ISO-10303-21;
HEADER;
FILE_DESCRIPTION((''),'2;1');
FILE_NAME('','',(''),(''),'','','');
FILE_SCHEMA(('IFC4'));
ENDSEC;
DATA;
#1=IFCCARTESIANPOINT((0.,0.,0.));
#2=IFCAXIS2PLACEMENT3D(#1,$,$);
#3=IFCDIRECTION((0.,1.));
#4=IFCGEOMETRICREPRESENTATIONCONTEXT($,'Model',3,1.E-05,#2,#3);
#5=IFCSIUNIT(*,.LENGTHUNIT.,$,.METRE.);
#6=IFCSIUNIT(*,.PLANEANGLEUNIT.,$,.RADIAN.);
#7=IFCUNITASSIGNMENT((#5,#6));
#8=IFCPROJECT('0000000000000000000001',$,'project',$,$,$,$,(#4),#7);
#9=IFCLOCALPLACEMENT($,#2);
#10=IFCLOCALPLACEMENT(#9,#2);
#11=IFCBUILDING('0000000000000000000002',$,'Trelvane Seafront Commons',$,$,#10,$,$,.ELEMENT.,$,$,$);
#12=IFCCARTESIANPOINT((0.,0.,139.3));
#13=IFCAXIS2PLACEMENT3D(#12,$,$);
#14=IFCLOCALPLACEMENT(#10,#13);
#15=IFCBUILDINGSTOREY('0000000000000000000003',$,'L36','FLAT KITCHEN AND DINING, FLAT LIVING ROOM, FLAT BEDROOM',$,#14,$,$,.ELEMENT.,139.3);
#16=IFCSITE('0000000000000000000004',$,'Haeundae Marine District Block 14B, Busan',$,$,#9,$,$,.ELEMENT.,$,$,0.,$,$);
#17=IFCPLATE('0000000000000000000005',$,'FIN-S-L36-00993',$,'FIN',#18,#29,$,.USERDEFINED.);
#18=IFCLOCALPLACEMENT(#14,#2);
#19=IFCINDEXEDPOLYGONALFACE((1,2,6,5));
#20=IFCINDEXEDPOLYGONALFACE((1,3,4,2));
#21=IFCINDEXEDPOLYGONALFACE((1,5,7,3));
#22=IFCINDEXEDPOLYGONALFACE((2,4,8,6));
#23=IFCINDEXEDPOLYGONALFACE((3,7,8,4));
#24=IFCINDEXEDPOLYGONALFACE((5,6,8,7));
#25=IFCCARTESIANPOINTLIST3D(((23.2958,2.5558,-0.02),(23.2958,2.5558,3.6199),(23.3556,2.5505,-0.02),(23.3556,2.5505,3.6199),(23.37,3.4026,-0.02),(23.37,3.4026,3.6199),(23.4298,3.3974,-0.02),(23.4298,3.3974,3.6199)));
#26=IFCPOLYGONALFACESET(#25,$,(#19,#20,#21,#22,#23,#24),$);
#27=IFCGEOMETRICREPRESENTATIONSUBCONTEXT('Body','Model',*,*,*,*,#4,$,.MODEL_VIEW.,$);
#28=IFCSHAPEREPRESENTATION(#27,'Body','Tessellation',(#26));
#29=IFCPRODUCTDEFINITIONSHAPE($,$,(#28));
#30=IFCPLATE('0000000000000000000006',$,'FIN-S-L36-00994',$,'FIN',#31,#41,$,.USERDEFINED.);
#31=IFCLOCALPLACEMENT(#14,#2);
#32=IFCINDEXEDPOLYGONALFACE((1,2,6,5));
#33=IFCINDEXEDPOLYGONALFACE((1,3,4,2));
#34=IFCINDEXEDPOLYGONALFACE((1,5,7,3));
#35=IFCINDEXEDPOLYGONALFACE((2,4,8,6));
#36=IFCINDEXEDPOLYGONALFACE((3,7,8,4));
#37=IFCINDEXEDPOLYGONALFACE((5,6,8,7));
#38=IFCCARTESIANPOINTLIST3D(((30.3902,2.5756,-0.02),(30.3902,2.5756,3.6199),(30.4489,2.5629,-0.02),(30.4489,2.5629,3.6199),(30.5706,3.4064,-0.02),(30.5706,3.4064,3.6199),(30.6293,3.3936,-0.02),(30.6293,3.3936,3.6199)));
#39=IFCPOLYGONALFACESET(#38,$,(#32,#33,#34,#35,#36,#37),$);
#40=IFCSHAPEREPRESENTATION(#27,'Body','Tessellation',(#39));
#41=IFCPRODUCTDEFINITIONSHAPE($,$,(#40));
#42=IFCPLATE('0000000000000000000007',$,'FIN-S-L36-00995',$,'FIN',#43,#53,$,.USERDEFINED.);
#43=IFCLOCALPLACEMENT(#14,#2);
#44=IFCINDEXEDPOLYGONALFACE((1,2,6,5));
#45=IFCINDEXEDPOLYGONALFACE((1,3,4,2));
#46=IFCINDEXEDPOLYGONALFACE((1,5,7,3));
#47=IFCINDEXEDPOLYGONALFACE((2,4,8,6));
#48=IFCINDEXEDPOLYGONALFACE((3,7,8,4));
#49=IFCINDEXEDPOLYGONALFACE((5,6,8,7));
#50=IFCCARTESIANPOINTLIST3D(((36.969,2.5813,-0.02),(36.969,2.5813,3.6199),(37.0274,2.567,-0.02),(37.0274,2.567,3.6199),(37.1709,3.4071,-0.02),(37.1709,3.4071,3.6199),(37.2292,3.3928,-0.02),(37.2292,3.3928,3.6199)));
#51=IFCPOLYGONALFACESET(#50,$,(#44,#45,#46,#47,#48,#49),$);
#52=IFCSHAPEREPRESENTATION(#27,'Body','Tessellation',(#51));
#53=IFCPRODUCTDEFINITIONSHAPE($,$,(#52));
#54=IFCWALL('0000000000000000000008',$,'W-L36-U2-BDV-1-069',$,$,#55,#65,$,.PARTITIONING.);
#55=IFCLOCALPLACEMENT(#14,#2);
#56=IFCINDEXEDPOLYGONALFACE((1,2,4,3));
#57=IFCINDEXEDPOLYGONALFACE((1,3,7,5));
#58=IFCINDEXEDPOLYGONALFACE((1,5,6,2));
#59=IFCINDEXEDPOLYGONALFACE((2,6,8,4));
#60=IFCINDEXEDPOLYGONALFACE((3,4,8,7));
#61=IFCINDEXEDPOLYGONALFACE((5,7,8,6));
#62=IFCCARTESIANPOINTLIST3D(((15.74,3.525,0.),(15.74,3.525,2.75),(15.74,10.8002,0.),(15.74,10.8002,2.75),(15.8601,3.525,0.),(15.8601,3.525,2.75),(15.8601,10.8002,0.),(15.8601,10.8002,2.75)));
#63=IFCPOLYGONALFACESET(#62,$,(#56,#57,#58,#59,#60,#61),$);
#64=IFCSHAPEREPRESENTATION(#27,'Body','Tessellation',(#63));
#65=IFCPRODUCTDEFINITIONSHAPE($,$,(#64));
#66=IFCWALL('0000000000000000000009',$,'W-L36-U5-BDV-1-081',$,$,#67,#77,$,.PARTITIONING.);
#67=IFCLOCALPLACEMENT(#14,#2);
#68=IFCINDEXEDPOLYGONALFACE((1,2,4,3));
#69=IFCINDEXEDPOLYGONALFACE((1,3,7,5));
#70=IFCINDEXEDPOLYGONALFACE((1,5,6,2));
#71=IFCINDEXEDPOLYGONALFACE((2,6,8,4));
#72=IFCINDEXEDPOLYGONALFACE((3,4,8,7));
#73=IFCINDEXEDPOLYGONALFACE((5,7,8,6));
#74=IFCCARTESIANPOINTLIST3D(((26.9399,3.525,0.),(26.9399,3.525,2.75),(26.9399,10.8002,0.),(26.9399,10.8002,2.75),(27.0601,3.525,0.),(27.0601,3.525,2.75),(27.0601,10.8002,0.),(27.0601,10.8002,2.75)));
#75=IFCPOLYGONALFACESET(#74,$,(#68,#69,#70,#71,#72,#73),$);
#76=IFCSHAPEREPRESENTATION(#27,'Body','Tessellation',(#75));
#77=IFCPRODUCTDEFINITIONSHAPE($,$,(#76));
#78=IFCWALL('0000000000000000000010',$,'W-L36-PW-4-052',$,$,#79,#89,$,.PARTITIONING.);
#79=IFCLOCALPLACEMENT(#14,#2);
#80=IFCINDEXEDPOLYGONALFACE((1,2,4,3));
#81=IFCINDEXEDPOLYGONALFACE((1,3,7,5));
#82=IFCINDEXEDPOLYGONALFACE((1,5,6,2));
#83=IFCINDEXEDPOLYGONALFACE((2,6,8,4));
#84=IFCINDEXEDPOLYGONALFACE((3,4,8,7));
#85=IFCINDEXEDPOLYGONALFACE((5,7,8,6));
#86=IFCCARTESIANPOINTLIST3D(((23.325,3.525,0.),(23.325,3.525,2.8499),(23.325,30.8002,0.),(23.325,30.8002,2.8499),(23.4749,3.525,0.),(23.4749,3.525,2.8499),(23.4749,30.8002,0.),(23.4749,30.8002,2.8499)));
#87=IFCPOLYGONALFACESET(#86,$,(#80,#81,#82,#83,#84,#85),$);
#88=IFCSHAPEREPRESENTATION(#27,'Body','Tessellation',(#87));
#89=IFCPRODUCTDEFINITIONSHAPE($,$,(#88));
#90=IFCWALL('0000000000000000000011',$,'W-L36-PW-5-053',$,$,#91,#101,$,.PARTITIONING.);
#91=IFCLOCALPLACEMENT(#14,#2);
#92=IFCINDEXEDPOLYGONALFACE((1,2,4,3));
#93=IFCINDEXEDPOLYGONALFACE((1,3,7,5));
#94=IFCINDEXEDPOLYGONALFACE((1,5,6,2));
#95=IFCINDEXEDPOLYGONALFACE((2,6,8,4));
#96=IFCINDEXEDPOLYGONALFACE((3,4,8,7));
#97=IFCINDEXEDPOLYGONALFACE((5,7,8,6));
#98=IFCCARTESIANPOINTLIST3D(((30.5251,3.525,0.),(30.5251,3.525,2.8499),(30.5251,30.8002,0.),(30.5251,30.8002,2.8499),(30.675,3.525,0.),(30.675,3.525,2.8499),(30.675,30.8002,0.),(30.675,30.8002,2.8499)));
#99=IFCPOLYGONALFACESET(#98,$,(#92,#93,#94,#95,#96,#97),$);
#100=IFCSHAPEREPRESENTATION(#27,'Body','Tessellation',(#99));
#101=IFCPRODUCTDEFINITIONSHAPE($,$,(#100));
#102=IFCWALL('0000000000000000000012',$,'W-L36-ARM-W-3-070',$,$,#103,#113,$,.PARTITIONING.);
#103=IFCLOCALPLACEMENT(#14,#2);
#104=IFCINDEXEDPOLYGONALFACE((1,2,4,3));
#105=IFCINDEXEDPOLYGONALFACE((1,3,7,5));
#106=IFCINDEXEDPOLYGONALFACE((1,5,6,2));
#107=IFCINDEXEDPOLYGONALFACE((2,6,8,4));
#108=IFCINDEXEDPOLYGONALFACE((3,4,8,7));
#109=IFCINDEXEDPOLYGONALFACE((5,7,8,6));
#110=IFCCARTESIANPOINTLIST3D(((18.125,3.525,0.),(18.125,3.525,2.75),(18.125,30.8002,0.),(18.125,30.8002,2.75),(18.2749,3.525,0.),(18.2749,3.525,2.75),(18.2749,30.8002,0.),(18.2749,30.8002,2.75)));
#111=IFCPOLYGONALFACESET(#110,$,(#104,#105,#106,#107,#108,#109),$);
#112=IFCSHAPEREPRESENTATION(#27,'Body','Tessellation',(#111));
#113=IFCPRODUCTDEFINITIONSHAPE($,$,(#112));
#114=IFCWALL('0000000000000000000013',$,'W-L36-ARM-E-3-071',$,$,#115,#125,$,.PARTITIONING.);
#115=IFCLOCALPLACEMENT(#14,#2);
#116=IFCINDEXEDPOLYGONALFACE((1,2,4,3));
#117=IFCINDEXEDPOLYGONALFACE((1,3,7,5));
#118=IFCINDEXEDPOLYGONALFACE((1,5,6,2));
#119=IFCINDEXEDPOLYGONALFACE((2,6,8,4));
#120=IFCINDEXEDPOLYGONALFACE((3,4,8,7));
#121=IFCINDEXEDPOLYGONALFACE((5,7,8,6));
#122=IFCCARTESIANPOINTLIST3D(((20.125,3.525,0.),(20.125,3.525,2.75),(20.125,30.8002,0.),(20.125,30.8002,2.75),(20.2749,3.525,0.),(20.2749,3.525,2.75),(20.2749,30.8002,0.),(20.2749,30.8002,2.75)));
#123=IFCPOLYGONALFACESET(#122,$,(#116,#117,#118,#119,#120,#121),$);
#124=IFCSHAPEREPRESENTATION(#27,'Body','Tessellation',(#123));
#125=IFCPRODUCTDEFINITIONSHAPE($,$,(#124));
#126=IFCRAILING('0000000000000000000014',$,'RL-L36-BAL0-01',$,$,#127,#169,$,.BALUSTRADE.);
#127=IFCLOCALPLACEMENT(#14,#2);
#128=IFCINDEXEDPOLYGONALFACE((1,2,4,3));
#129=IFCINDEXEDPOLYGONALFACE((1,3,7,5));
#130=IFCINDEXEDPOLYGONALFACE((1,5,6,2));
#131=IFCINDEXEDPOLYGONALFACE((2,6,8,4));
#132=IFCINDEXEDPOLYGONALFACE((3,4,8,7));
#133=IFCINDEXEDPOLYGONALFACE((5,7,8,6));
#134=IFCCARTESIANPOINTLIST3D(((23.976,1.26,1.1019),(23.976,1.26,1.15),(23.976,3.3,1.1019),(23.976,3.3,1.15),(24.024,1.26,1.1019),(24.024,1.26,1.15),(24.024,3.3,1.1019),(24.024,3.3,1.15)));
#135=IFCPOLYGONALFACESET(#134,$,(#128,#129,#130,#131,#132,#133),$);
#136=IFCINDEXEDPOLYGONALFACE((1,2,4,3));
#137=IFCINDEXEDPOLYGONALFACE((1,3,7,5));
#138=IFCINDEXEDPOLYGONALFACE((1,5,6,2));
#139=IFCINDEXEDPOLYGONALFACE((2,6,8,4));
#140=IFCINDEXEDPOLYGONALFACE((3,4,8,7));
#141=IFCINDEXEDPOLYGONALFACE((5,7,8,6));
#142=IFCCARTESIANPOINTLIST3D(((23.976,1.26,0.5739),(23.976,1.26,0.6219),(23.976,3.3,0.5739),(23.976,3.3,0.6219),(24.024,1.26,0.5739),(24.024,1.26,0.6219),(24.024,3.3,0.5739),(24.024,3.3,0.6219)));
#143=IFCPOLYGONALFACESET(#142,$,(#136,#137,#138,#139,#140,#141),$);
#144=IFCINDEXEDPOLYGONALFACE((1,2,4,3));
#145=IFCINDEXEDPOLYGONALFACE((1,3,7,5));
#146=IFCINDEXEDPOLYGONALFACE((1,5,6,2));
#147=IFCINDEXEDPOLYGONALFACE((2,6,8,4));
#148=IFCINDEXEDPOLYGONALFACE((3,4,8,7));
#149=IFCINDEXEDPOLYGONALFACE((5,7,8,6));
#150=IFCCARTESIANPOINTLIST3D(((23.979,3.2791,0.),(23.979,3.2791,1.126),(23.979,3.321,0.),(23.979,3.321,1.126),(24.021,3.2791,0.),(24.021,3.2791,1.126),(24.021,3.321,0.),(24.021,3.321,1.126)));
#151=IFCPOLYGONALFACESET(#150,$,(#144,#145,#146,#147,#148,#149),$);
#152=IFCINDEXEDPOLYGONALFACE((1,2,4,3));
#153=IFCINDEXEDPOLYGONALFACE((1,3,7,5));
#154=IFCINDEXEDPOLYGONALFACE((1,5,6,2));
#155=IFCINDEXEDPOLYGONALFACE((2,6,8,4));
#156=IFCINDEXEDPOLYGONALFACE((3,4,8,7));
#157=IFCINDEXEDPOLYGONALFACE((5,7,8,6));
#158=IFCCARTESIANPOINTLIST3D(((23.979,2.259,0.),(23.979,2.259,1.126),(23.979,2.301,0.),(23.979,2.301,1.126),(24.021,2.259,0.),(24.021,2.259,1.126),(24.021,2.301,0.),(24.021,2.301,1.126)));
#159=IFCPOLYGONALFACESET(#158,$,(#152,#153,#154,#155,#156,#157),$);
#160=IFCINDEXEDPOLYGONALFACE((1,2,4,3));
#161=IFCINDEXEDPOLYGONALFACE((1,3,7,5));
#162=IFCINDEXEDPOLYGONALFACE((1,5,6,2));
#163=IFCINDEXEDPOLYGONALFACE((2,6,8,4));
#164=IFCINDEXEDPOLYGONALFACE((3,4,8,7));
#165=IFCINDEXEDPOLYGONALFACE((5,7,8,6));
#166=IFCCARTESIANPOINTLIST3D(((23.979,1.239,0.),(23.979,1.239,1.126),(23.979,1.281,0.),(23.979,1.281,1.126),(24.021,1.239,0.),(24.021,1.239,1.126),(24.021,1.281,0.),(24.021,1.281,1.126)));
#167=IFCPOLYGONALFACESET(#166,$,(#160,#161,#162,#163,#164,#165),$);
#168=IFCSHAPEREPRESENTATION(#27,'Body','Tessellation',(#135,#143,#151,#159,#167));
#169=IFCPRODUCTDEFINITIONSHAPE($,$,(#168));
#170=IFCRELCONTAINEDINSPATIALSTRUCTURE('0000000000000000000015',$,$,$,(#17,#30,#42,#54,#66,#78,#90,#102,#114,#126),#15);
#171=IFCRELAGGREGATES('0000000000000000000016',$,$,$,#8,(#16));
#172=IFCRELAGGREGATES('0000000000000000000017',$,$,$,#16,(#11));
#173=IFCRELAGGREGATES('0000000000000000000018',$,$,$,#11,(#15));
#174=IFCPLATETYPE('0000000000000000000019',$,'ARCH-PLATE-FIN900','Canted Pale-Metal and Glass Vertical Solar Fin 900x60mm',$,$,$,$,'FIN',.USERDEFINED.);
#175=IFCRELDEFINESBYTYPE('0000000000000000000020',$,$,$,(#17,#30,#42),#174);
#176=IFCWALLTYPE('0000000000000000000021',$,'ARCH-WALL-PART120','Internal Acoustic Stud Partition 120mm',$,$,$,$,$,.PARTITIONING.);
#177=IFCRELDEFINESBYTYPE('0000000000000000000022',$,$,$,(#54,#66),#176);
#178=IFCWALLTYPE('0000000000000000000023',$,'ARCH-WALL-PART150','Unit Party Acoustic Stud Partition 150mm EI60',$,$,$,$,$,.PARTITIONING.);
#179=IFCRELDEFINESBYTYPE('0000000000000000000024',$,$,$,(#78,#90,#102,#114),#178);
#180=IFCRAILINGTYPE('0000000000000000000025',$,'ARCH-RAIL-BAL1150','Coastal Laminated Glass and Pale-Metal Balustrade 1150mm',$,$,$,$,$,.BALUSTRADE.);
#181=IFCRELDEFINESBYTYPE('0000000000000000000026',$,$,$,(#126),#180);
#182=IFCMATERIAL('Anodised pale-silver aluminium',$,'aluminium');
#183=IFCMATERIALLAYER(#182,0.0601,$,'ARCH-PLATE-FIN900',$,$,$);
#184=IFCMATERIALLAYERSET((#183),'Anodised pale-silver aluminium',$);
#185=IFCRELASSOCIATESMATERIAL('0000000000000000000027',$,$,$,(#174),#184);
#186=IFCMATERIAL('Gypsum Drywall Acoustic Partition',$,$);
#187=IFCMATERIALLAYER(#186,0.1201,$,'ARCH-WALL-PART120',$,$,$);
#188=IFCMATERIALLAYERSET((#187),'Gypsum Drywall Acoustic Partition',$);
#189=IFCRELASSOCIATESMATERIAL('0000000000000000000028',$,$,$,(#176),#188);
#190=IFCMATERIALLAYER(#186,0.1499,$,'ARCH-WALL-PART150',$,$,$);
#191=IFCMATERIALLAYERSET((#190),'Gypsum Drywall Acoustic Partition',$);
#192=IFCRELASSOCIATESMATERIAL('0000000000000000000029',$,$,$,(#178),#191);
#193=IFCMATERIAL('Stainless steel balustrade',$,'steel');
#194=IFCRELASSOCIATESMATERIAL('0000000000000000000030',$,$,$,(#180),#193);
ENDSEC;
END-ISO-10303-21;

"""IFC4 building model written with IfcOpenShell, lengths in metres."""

from ifc_helpers import new_model, si_unit, direction, frame, frame_2d, origin, origin_2d, place, context, subcontext, project, spatial, rectangle, extrude, source, transform, mapped, material, layer, layer_set, type_object, element, save


model = new_model("IFC4")

# Units and contexts
model_context = context("Model", 3, precision=1e-05, world=origin(), true_north=direction((0.0, 1.0)))
body_context = subcontext(model_context, "Body", "Model", "MODEL_VIEW")
ifc_project = project(units=[si_unit("LENGTHUNIT", "METRE"), si_unit("PLANEANGLEUNIT", "RADIAN")], contexts=[model_context])

# Site, building, storey
site_placement = place(None, origin())
site = spatial("IfcSite", under=ifc_project, at=site_placement, Name="Haeundae Marine District Block 14B, Busan", CompositionType="ELEMENT", RefElevation=0.0)
building_placement = place(site_placement, origin())
building = spatial("IfcBuilding", under=site, at=building_placement, Name="Trelvane Seafront Commons", CompositionType="ELEMENT")
storey_placement = place(building_placement, frame((0.0, 0.0, 139.3)))
storey = spatial("IfcBuildingStorey", under=building, at=storey_placement, Name="L36", Description="FLAT KITCHEN AND DINING, FLAT LIVING ROOM, FLAT BEDROOM", CompositionType="ELEMENT", Elevation=139.3)

# Plates
ifc_material_1 = material(Name="Anodised pale-silver aluminium", Category="aluminium")
ifc_layer_1 = layer(ifc_material_1, 0.0601, Name="ARCH-PLATE-FIN900")
ifc_layer_set_1 = layer_set([ifc_layer_1], Name="Anodised pale-silver aluminium")
plate_type_1 = type_object("IfcPlateType", Name="ARCH-PLATE-FIN900", Description="Canted Pale-Metal and Glass Vertical Solar Fin 900x60mm", ElementType="FIN", PredefinedType="USERDEFINED", material=ifc_layer_set_1)
shared_shape_1 = source(origin(), body_context, "Body", "SweptSolid", [
    extrude(rectangle(XDim=0.8501, YDim=0.0601, at=origin_2d()), origin(), (0.0, 0.0, 1.0), 3.6399),
])
for number, where, z_axis, x_axis, name in (
    (1, (23.3628, 2.9766, -0.02), (0.0, 0.0, 1.0), (-0.08729, -0.996183, 0.0), "FIN-S-L36-00993"),
    (2, (30.5098, 2.9846, -0.02), (0.0, 0.0, 1.0), (-0.212244, -0.977217, 0.0), "FIN-S-L36-00994"),
    (3, (37.0991, 2.9871, -0.02), (0.0, 0.0, 1.0), (-0.237411, -0.971409, 0.0), "FIN-S-L36-00995"),
):
    element("IfcPlate", number, at=place(storey_placement, frame(where, z_axis=z_axis, x_axis=x_axis)), inside=storey, type_object=plate_type_1, Name=name, ObjectType="FIN", PredefinedType="USERDEFINED", context=body_context, shape_type="MappedRepresentation", body=[
        mapped(shared_shape_1, transform((0.0, 0.0, 0.0), x_axis=(1.0, 0.0, 0.0), y_axis=(0.0, 1.0, 0.0), z_axis=(0.0, 0.0, 1.0), scale=1.0)),
    ])

# Shared definitions
ifc_material_2 = material(Name="Gypsum Drywall Acoustic Partition")
ifc_layer_2 = layer(ifc_material_2, 0.1201, Name="ARCH-WALL-PART120")
ifc_layer_set_2 = layer_set([ifc_layer_2], Name="Gypsum Drywall Acoustic Partition")
wall_type_1 = type_object("IfcWallType", Name="ARCH-WALL-PART120", Description="Internal Acoustic Stud Partition 120mm", PredefinedType="PARTITIONING", material=ifc_layer_set_2)

# Wall
wall_1_placement = place(storey_placement, frame((15.8, 3.5249, 0.0), z_axis=(0.0, 0.0, 1.0), x_axis=(0.0, 1.0, 0.0)))
element("IfcWall", 4, at=wall_1_placement, inside=storey, type_object=wall_type_1, Name="W-L36-U2-BDV-1-069", PredefinedType="PARTITIONING", context=body_context, shape_type="SweptSolid", body=[
    extrude(rectangle(XDim=7.2751, YDim=0.1201, at=frame_2d((3.6377, 0.0))), origin(), (0.0, 0.0, 1.0), 2.75),
])

# Walls
wall_2_placement = place(storey_placement, frame((27.0, 3.5249, 0.0), z_axis=(0.0, 0.0, 1.0), x_axis=(0.0, 1.0, 0.0)))
element("IfcWall", 5, at=wall_2_placement, inside=storey, type_object=wall_type_1, Name="W-L36-U5-BDV-1-081", PredefinedType="PARTITIONING", context=body_context, shape_type="SweptSolid", body=[
    extrude(rectangle(XDim=7.2751, YDim=0.1201, at=frame_2d((3.6377, 0.0))), origin(), (0.0, 0.0, 1.0), 2.75),
])
ifc_layer_3 = layer(ifc_material_2, 0.1499, Name="ARCH-WALL-PART150")
ifc_layer_set_3 = layer_set([ifc_layer_3], Name="Gypsum Drywall Acoustic Partition")
wall_type_2 = type_object("IfcWallType", Name="ARCH-WALL-PART150", Description="Unit Party Acoustic Stud Partition 150mm EI60", PredefinedType="PARTITIONING", material=ifc_layer_set_3)
for number, where, z_axis, x_axis, name in (
    (6, (23.3999, 3.5249, 0.0), (0.0, 0.0, 1.0), (0.0, 1.0, 0.0), "W-L36-PW-4-052"),
    (7, (30.6001, 3.5249, 0.0), (0.0, 0.0, 1.0), (0.0, 1.0, 0.0), "W-L36-PW-5-053"),
):
    element("IfcWall", number, at=place(storey_placement, frame(where, z_axis=z_axis, x_axis=x_axis)), inside=storey, type_object=wall_type_2, Name=name, PredefinedType="PARTITIONING", context=body_context, shape_type="SweptSolid", body=[
        extrude(rectangle(XDim=27.2751, YDim=0.1499, at=frame_2d((13.6377, 0.0))), origin(), (0.0, 0.0, 1.0), 2.8499),
    ])
for number, where, z_axis, x_axis, name in (
    (8, (18.2, 3.5249, 0.0), (0.0, 0.0, 1.0), (0.0, 1.0, 0.0), "W-L36-ARM-W-3-070"),
    (9, (20.2, 3.5249, 0.0), (0.0, 0.0, 1.0), (0.0, 1.0, 0.0), "W-L36-ARM-E-3-071"),
):
    element("IfcWall", number, at=place(storey_placement, frame(where, z_axis=z_axis, x_axis=x_axis)), inside=storey, type_object=wall_type_2, Name=name, PredefinedType="PARTITIONING", context=body_context, shape_type="SweptSolid", body=[
        extrude(rectangle(XDim=27.2751, YDim=0.1499, at=frame_2d((13.6377, 0.0))), origin(), (0.0, 0.0, 1.0), 2.75),
    ])

# Railing
ifc_material_3 = material(Name="Stainless steel balustrade", Category="steel")
railing_type = type_object("IfcRailingType", Name="ARCH-RAIL-BAL1150", Description="Coastal Laminated Glass and Pale-Metal Balustrade 1150mm", PredefinedType="BALUSTRADE", material=ifc_material_3)
railing_1_placement = place(storey_placement, frame((24.0, 3.3, 0.0)))
element("IfcRailing", 10, at=railing_1_placement, inside=storey, type_object=railing_type, Name="RL-L36-BAL0-01", PredefinedType="BALUSTRADE", context=body_context, shape_type="SweptSolid", body=[
    extrude(rectangle(XDim=0.0481, YDim=0.0481, at=origin_2d()), frame((0.0, 0.0, 1.126), z_axis=(0.0, -1.0, 0.0), x_axis=(1.0, 0.0, 0.0)), (0.0, 0.0, 1.0), 2.04),
    extrude(rectangle(XDim=0.0481, YDim=0.0481, at=origin_2d()), frame((0.0, 0.0, 0.5979), z_axis=(0.0, -1.0, 0.0), x_axis=(1.0, 0.0, 0.0)), (0.0, 0.0, 1.0), 2.04),
    extrude(rectangle(XDim=0.042, YDim=0.042, at=origin_2d()), origin(), (0.0, 0.0, 1.0), 1.126),
    extrude(rectangle(XDim=0.042, YDim=0.042, at=origin_2d()), frame((0.0, -1.02, 0.0)), (0.0, 0.0, 1.0), 1.126),
    extrude(rectangle(XDim=0.042, YDim=0.042, at=origin_2d()), frame((0.0, -2.04, 0.0)), (0.0, 0.0, 1.0), 1.126),
])

save(model, "model.ifc")
